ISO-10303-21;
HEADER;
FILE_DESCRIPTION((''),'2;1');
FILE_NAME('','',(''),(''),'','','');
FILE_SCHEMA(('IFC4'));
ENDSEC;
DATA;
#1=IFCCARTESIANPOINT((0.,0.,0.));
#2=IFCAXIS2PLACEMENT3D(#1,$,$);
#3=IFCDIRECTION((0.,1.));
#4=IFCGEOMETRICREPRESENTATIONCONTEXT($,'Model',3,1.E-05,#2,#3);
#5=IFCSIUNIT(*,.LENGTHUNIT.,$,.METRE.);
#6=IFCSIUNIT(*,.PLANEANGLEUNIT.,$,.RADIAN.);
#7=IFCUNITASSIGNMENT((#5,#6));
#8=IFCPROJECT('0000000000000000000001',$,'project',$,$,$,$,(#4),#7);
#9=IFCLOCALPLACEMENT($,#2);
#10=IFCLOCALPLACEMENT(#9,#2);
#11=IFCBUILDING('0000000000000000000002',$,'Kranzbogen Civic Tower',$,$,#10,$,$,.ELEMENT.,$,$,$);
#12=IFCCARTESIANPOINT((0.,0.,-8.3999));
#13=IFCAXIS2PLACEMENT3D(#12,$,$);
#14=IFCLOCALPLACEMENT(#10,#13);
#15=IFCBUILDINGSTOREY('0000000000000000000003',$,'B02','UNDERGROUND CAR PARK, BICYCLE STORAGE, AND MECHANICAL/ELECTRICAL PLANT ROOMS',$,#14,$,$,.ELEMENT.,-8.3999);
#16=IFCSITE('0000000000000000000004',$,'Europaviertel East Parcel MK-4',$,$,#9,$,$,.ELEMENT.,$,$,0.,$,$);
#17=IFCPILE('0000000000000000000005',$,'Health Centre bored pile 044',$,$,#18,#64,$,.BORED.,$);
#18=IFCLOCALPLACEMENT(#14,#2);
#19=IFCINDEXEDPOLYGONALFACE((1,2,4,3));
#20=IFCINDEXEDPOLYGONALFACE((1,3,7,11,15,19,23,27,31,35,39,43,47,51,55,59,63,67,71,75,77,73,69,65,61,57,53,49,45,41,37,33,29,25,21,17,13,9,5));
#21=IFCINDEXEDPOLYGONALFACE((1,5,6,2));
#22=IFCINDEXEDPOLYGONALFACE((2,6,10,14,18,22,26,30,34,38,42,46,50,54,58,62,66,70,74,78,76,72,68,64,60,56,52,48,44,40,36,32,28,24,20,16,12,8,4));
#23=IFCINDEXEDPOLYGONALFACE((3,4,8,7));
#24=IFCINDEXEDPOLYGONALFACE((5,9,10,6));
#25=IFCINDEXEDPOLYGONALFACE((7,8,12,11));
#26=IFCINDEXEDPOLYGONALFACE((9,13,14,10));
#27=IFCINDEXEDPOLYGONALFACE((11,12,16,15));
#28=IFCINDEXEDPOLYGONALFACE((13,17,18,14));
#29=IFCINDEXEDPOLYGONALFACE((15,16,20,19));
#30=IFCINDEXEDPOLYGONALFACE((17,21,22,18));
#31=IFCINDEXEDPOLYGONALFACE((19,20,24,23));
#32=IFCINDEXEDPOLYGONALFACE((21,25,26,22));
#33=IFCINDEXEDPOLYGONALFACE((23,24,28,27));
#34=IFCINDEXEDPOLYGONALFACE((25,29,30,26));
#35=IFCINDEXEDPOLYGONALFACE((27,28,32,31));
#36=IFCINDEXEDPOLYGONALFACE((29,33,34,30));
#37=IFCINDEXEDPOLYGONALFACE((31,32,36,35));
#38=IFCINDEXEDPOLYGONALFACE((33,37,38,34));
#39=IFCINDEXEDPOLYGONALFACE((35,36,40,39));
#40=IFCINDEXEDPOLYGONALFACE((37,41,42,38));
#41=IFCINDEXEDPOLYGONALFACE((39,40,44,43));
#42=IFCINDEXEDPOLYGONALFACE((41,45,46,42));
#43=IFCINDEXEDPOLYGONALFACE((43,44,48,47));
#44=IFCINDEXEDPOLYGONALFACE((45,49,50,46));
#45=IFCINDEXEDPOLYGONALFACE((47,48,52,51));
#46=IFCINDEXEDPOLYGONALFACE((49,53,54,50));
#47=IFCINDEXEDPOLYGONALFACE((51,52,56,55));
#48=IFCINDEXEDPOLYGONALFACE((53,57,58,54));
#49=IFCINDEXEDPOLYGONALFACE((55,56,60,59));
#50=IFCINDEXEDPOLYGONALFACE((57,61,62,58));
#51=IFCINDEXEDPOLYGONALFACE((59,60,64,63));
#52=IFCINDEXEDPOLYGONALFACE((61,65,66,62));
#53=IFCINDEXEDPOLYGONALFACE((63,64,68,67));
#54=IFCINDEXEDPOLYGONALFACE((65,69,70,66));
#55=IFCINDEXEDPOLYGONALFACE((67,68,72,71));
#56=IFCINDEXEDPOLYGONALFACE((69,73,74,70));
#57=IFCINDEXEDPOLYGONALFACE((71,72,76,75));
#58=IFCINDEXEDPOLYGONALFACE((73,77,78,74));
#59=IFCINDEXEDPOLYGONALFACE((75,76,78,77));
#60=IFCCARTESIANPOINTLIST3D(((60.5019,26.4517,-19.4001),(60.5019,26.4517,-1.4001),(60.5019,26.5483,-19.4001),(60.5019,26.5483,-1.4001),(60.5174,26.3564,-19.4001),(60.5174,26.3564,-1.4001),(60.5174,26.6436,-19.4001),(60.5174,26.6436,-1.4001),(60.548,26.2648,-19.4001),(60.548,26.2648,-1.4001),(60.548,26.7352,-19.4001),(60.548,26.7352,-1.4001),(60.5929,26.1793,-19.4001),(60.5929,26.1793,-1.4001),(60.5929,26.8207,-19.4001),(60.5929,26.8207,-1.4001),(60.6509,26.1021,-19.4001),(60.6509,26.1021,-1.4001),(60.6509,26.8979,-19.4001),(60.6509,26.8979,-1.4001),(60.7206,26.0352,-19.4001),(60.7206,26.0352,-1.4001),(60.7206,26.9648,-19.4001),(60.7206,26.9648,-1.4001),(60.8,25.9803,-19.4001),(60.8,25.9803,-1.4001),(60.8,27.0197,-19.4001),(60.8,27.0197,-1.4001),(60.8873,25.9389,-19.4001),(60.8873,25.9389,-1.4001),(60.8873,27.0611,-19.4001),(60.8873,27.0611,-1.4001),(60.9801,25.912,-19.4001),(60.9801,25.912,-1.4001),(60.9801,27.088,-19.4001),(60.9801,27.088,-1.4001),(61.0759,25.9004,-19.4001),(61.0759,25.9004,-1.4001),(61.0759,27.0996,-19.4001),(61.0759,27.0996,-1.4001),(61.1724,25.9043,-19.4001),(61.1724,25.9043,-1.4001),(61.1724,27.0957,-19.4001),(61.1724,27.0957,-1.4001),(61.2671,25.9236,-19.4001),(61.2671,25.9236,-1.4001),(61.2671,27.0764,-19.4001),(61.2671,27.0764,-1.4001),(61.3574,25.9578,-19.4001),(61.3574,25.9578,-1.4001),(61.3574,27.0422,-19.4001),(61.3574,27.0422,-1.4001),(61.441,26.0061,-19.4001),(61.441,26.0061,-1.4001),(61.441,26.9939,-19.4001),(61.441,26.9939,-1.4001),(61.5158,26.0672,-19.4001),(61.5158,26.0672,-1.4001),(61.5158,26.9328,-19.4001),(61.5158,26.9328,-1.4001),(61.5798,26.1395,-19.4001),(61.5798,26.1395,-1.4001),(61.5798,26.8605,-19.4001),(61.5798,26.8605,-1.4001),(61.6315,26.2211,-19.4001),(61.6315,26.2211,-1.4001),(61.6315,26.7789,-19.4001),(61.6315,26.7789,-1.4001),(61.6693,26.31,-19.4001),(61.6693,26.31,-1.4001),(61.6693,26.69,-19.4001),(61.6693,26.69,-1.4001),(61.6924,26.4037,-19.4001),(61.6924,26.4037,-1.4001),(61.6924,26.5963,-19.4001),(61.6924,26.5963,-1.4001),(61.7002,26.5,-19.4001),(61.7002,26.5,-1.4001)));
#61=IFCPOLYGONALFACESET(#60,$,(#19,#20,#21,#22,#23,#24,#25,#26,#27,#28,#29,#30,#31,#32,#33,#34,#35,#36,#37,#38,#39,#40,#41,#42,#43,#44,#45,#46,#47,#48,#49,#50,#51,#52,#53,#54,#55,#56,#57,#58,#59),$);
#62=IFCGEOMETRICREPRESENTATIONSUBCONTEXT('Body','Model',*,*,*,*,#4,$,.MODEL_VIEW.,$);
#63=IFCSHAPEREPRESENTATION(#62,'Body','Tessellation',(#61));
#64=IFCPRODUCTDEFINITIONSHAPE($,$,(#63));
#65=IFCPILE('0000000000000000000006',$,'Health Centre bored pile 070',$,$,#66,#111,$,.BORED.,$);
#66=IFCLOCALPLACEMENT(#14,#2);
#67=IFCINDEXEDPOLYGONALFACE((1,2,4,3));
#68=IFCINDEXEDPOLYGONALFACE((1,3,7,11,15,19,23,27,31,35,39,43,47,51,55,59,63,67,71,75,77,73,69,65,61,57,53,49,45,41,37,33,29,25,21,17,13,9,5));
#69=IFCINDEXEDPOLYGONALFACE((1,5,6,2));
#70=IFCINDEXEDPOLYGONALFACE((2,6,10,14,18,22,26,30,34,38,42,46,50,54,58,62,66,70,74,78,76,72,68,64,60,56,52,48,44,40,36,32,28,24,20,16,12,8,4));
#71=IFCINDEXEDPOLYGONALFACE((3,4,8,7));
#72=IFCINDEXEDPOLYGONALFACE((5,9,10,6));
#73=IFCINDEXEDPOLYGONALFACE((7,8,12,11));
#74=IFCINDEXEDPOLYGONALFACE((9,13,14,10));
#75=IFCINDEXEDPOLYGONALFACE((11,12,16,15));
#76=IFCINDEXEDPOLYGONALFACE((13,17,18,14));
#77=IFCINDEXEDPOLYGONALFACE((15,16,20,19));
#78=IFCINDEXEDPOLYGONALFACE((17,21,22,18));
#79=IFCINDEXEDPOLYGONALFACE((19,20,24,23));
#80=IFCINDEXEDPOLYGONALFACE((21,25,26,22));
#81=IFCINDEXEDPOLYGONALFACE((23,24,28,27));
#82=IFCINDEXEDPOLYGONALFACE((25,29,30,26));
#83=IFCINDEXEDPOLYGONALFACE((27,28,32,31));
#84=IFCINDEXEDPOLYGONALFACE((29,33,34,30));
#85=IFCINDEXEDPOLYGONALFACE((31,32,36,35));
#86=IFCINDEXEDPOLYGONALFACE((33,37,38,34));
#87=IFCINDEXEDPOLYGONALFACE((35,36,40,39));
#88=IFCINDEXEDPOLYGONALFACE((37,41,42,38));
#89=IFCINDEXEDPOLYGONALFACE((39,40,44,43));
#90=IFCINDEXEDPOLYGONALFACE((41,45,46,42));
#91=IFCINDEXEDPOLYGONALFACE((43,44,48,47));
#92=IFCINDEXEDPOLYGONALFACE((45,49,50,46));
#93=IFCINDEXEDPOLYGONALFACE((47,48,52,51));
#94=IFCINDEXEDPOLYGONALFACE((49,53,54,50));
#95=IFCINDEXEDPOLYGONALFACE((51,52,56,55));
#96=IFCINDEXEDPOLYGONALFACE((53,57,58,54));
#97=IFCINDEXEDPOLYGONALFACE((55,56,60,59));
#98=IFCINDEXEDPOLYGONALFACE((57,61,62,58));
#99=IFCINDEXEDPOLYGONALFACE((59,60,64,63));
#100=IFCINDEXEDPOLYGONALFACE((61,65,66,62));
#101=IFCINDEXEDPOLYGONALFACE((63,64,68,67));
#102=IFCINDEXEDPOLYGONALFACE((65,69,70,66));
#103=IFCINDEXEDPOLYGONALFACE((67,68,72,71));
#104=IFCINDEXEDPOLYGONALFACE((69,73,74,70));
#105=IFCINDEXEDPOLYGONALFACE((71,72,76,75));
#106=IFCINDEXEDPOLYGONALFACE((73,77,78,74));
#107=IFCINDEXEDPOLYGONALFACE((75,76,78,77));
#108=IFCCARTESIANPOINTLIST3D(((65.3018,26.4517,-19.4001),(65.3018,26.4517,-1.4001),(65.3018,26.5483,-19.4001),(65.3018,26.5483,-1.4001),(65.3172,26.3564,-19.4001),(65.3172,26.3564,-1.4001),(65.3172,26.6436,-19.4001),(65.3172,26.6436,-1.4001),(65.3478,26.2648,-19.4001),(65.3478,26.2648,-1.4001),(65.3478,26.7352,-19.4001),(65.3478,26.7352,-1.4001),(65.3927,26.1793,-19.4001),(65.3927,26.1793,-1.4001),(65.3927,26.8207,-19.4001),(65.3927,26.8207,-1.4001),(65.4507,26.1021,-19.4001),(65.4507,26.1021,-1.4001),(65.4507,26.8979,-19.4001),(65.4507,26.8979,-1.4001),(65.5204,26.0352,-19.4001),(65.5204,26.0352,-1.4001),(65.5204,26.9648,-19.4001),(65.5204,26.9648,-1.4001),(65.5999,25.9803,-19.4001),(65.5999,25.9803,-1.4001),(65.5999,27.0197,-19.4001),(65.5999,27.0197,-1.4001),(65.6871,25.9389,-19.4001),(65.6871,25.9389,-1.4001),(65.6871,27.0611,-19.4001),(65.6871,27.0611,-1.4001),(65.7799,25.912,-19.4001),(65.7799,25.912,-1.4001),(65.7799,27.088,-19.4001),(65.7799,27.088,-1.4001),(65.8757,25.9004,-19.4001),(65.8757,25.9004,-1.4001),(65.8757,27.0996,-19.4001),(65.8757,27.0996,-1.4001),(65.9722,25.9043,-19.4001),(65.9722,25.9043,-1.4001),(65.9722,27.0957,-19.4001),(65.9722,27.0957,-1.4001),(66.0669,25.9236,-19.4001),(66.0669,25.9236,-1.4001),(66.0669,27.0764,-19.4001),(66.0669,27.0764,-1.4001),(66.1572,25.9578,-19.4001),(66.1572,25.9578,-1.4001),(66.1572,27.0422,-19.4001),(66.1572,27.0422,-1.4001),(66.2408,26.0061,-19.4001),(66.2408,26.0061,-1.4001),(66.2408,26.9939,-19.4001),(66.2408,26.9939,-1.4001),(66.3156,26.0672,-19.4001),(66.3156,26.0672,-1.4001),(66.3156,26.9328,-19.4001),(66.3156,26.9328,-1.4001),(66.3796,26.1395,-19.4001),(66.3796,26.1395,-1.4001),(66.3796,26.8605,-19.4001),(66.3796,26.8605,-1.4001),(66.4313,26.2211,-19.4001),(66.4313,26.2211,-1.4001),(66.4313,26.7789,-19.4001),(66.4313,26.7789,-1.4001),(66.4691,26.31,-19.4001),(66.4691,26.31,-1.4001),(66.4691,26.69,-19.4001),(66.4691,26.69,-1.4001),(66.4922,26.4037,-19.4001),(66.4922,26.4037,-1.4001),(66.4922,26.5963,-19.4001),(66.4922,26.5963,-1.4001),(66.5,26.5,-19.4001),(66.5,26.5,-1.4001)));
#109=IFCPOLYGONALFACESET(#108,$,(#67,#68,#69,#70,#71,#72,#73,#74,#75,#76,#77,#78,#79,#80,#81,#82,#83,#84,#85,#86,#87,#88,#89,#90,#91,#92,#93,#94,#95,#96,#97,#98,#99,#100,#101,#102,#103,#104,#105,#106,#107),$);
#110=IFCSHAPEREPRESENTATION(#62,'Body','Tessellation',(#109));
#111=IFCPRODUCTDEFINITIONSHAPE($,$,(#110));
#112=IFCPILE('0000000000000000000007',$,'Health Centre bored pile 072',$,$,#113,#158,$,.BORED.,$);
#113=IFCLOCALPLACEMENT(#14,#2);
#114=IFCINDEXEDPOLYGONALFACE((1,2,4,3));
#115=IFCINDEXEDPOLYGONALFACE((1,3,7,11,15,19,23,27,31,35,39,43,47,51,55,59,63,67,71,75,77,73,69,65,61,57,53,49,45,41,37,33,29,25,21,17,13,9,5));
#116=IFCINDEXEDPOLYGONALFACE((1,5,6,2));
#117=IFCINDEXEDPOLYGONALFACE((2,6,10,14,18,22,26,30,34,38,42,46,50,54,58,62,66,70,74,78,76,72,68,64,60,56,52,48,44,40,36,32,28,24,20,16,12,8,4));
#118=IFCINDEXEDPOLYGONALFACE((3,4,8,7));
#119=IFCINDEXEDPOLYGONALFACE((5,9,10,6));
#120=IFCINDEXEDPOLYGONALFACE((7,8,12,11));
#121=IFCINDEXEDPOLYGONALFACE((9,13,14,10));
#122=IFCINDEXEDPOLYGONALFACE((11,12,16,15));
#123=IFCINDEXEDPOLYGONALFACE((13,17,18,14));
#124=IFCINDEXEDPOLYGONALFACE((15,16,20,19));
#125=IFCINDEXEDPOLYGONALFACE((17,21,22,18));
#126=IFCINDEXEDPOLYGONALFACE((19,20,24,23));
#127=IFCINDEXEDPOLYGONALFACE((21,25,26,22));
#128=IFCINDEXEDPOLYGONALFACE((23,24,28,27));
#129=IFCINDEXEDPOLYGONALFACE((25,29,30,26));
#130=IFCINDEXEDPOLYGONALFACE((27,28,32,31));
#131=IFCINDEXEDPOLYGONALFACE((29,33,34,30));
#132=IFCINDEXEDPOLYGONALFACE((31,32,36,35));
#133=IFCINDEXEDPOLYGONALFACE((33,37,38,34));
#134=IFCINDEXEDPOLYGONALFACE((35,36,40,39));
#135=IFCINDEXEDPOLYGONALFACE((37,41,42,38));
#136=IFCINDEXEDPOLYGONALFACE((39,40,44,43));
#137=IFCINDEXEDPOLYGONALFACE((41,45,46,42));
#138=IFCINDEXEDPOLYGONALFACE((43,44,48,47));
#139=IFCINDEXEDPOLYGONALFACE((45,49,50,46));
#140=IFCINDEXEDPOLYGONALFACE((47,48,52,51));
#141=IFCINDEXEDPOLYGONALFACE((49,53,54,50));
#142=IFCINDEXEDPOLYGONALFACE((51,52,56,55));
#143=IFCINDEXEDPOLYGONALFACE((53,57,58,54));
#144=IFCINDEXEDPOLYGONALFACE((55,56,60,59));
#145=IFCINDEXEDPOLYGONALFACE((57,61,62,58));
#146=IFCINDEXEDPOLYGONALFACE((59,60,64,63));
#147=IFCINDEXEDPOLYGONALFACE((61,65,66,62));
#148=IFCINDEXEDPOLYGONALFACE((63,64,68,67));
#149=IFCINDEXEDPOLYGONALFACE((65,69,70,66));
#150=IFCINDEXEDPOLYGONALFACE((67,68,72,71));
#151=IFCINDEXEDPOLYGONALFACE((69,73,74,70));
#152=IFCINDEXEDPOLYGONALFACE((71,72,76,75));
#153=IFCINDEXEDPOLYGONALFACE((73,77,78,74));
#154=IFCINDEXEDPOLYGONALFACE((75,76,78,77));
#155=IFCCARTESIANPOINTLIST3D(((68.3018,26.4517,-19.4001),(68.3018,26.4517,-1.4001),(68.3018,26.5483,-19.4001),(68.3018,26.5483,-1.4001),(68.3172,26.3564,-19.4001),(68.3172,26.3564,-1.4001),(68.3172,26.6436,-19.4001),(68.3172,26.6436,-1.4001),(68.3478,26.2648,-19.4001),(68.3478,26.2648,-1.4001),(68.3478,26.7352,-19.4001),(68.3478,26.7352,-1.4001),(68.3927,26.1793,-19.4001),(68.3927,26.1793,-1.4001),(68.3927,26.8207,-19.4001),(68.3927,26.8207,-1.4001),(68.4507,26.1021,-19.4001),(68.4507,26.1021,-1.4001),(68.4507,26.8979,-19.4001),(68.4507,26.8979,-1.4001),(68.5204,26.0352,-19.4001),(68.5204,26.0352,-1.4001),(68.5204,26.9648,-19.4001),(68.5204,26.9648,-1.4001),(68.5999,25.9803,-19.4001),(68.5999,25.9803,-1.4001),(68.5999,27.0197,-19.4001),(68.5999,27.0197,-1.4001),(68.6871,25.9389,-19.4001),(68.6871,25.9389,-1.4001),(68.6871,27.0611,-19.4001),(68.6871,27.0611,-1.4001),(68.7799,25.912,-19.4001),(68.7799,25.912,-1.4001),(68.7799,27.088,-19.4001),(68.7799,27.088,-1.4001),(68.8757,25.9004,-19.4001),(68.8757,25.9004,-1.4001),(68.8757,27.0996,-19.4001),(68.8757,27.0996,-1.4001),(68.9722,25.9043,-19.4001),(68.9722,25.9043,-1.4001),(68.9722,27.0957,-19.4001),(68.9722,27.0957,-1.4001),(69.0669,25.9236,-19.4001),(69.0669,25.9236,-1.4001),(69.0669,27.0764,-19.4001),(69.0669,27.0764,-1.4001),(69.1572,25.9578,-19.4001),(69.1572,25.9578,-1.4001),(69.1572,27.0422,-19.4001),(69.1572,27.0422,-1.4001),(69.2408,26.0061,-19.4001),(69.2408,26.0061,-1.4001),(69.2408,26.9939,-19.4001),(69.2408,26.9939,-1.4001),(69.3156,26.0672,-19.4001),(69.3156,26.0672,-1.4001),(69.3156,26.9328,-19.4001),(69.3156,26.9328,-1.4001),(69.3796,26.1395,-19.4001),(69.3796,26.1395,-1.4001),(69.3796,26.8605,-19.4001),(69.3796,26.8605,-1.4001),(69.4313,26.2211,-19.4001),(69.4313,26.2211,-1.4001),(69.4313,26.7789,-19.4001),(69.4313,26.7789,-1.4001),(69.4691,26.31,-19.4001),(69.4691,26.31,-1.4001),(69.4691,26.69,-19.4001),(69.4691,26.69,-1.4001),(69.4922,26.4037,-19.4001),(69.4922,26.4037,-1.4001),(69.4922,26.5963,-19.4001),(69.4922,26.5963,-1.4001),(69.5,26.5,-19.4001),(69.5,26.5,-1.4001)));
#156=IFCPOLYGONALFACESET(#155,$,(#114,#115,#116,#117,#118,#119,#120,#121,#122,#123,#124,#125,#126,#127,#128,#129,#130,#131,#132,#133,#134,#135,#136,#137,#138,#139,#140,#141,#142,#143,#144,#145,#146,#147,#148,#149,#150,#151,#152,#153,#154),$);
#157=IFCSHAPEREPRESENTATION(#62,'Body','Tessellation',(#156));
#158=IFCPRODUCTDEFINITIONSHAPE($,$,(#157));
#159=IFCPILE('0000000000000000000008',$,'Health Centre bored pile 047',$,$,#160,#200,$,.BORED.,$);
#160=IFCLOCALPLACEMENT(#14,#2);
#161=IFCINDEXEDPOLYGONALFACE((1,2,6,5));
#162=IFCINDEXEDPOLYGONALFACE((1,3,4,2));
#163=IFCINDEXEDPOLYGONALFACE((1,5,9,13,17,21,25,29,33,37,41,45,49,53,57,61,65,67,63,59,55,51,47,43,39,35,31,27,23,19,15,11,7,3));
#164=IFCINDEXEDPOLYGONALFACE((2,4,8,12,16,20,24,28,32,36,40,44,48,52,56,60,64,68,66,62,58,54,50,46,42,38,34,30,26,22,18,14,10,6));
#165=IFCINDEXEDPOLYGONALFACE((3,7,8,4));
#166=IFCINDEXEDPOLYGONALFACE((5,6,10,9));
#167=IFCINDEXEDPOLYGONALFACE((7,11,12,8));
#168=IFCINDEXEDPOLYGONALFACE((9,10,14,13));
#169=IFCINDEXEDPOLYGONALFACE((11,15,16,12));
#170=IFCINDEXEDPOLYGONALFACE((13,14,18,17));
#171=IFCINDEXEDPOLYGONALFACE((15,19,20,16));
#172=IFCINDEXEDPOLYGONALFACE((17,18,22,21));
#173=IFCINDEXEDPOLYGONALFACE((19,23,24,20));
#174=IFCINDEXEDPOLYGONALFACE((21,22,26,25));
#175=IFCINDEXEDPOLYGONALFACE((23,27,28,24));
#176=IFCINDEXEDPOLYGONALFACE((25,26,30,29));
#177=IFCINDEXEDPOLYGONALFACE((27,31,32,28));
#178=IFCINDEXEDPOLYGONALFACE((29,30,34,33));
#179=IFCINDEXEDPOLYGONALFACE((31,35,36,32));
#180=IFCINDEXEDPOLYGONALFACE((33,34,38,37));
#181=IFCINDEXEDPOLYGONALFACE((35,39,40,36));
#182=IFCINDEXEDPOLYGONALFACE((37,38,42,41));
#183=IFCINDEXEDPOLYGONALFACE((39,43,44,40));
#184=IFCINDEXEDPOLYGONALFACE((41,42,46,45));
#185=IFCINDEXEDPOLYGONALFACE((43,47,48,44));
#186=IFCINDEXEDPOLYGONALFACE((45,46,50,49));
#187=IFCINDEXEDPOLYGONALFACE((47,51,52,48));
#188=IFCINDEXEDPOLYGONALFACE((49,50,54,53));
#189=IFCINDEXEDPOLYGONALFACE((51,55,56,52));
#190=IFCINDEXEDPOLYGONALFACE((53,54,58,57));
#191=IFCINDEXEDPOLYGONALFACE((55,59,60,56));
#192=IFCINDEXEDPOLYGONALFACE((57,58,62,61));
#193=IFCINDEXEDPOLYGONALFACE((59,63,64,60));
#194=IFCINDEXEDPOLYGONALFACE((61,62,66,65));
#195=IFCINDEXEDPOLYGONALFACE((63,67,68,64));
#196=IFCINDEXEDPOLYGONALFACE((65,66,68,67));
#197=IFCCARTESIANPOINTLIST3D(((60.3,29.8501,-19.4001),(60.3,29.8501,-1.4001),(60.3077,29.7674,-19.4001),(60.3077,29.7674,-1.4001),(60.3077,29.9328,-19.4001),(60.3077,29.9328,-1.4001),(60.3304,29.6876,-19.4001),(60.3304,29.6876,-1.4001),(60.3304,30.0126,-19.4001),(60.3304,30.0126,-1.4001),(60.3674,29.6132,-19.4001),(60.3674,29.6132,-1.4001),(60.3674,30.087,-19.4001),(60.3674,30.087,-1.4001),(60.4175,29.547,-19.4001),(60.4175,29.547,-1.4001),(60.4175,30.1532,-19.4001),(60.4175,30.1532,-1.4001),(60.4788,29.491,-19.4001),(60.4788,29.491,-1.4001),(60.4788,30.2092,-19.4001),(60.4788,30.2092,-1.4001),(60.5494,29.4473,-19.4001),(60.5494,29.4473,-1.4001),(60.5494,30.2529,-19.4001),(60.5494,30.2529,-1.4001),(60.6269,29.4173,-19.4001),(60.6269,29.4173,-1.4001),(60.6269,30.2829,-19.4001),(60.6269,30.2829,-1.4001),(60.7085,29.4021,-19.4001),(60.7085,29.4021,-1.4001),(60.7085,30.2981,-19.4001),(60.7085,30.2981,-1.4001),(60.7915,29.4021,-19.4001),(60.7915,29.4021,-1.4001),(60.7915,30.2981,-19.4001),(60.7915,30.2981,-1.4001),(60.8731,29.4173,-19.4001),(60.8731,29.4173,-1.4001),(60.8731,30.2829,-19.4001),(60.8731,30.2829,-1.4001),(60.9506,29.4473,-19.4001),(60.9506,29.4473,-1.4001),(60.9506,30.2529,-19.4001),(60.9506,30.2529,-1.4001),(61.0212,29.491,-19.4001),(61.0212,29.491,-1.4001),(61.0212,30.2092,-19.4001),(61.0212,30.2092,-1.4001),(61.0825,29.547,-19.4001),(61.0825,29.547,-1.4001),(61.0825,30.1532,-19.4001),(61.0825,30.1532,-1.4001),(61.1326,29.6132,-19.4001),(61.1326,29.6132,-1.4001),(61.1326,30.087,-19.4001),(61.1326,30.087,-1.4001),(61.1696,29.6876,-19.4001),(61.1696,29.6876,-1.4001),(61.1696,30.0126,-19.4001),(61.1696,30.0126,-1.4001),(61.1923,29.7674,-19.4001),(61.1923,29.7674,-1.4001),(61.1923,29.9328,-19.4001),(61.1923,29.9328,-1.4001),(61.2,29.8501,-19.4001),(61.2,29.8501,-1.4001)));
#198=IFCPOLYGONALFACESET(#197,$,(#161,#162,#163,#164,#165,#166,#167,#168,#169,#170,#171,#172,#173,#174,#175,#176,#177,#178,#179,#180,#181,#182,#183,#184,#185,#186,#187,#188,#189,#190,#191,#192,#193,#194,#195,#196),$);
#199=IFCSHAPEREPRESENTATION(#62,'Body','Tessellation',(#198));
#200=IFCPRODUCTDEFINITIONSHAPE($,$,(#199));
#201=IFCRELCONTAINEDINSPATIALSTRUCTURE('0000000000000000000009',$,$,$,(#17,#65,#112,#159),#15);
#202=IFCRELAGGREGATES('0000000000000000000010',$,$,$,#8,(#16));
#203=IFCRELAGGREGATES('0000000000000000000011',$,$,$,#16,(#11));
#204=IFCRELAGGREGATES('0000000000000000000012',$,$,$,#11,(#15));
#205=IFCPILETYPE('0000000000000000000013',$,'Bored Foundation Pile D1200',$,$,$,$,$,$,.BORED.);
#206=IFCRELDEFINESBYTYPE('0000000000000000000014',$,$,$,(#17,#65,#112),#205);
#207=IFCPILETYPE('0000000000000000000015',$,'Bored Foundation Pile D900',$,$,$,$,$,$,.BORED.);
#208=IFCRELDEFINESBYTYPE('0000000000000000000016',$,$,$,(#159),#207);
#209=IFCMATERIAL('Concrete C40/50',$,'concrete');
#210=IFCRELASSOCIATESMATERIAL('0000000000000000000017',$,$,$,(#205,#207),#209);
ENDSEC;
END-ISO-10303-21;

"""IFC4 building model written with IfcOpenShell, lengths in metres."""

from ifc_helpers import new_model, si_unit, direction, frame, origin, origin_2d, place, context, subcontext, project, spatial, circle, extrude, material, material_profile, profile_set, type_object, element, save


model = new_model("IFC4")

# Units and contexts
model_context = context("Model", 3, precision=1e-05, world=origin(), true_north=direction((0.0, 1.0)))
body_context = subcontext(model_context, "Body", "Model", "MODEL_VIEW")
ifc_project = project(units=[si_unit("LENGTHUNIT", "METRE"), si_unit("PLANEANGLEUNIT", "RADIAN")], contexts=[model_context])

# Site, building, storey
site_placement = place(None, origin())
site = spatial("IfcSite", under=ifc_project, at=site_placement, Name="Europaviertel East Parcel MK-4", CompositionType="ELEMENT", RefElevation=0.0)
building_placement = place(site_placement, origin())
building = spatial("IfcBuilding", under=site, at=building_placement, Name="Kranzbogen Civic Tower", CompositionType="ELEMENT")
storey_placement = place(building_placement, frame((0.0, 0.0, -8.3999)))
storey = spatial("IfcBuildingStorey", under=building, at=storey_placement, Name="B02", Description="UNDERGROUND CAR PARK, BICYCLE STORAGE, AND MECHANICAL/ELECTRICAL PLANT ROOMS", CompositionType="ELEMENT", Elevation=-8.3999)

# Piles
ifc_material_1 = material(Name="Concrete C40/50", Category="concrete")
ifc_material_profile_1 = material_profile(ifc_material_1, circle(Radius=0.6001, at=origin_2d()), Name="PILE D1200")
ifc_profile_set_1 = profile_set([ifc_material_profile_1], Name="Concrete C40/50")
pile_type_1 = type_object("IfcPileType", Name="Bored Foundation Pile D1200", PredefinedType="BORED", material=ifc_profile_set_1)
for number, where, z_axis, x_axis, name in (
    (1, (61.1001, 26.5, -1.4001), (0.0, 0.0, -1.0), (1.0, 0.0, 0.0), "Health Centre bored pile 044"),
    (2, (65.8999, 26.5, -1.4001), (0.0, 0.0, -1.0), (1.0, 0.0, 0.0), "Health Centre bored pile 070"),
    (3, (68.8999, 26.5, -1.4001), (0.0, 0.0, -1.0), (1.0, 0.0, 0.0), "Health Centre bored pile 072"),
):
    element("IfcPile", number, at=place(storey_placement, frame(where, z_axis=z_axis, x_axis=x_axis)), inside=storey, type_object=pile_type_1, Name=name, PredefinedType="BORED", context=body_context, shape_type="SweptSolid", body=[
        extrude(circle(Radius=0.6001, at=origin_2d()), origin(), (0.0, 0.0, 1.0), 18.0),
    ])
ifc_material_profile_2 = material_profile(ifc_material_1, circle(Radius=0.45, at=origin_2d()), Name="PILE D900")
ifc_profile_set_2 = profile_set([ifc_material_profile_2], Name="Concrete C40/50")
pile_type_2 = type_object("IfcPileType", Name="Bored Foundation Pile D900", PredefinedType="BORED", material=ifc_profile_set_2)
for number, where, z_axis, x_axis, name in (
    (4, (60.75, 29.8501, -1.4001), (0.0, 0.0, -1.0), (1.0, 0.0, 0.0), "Health Centre bored pile 047"),
):
    element("IfcPile", number, at=place(storey_placement, frame(where, z_axis=z_axis, x_axis=x_axis)), inside=storey, type_object=pile_type_2, Name=name, PredefinedType="BORED", context=body_context, shape_type="SweptSolid", body=[
        extrude(circle(Radius=0.45, at=origin_2d()), origin(), (0.0, 0.0, 1.0), 18.0),
    ])

save(model, "model.ifc")
